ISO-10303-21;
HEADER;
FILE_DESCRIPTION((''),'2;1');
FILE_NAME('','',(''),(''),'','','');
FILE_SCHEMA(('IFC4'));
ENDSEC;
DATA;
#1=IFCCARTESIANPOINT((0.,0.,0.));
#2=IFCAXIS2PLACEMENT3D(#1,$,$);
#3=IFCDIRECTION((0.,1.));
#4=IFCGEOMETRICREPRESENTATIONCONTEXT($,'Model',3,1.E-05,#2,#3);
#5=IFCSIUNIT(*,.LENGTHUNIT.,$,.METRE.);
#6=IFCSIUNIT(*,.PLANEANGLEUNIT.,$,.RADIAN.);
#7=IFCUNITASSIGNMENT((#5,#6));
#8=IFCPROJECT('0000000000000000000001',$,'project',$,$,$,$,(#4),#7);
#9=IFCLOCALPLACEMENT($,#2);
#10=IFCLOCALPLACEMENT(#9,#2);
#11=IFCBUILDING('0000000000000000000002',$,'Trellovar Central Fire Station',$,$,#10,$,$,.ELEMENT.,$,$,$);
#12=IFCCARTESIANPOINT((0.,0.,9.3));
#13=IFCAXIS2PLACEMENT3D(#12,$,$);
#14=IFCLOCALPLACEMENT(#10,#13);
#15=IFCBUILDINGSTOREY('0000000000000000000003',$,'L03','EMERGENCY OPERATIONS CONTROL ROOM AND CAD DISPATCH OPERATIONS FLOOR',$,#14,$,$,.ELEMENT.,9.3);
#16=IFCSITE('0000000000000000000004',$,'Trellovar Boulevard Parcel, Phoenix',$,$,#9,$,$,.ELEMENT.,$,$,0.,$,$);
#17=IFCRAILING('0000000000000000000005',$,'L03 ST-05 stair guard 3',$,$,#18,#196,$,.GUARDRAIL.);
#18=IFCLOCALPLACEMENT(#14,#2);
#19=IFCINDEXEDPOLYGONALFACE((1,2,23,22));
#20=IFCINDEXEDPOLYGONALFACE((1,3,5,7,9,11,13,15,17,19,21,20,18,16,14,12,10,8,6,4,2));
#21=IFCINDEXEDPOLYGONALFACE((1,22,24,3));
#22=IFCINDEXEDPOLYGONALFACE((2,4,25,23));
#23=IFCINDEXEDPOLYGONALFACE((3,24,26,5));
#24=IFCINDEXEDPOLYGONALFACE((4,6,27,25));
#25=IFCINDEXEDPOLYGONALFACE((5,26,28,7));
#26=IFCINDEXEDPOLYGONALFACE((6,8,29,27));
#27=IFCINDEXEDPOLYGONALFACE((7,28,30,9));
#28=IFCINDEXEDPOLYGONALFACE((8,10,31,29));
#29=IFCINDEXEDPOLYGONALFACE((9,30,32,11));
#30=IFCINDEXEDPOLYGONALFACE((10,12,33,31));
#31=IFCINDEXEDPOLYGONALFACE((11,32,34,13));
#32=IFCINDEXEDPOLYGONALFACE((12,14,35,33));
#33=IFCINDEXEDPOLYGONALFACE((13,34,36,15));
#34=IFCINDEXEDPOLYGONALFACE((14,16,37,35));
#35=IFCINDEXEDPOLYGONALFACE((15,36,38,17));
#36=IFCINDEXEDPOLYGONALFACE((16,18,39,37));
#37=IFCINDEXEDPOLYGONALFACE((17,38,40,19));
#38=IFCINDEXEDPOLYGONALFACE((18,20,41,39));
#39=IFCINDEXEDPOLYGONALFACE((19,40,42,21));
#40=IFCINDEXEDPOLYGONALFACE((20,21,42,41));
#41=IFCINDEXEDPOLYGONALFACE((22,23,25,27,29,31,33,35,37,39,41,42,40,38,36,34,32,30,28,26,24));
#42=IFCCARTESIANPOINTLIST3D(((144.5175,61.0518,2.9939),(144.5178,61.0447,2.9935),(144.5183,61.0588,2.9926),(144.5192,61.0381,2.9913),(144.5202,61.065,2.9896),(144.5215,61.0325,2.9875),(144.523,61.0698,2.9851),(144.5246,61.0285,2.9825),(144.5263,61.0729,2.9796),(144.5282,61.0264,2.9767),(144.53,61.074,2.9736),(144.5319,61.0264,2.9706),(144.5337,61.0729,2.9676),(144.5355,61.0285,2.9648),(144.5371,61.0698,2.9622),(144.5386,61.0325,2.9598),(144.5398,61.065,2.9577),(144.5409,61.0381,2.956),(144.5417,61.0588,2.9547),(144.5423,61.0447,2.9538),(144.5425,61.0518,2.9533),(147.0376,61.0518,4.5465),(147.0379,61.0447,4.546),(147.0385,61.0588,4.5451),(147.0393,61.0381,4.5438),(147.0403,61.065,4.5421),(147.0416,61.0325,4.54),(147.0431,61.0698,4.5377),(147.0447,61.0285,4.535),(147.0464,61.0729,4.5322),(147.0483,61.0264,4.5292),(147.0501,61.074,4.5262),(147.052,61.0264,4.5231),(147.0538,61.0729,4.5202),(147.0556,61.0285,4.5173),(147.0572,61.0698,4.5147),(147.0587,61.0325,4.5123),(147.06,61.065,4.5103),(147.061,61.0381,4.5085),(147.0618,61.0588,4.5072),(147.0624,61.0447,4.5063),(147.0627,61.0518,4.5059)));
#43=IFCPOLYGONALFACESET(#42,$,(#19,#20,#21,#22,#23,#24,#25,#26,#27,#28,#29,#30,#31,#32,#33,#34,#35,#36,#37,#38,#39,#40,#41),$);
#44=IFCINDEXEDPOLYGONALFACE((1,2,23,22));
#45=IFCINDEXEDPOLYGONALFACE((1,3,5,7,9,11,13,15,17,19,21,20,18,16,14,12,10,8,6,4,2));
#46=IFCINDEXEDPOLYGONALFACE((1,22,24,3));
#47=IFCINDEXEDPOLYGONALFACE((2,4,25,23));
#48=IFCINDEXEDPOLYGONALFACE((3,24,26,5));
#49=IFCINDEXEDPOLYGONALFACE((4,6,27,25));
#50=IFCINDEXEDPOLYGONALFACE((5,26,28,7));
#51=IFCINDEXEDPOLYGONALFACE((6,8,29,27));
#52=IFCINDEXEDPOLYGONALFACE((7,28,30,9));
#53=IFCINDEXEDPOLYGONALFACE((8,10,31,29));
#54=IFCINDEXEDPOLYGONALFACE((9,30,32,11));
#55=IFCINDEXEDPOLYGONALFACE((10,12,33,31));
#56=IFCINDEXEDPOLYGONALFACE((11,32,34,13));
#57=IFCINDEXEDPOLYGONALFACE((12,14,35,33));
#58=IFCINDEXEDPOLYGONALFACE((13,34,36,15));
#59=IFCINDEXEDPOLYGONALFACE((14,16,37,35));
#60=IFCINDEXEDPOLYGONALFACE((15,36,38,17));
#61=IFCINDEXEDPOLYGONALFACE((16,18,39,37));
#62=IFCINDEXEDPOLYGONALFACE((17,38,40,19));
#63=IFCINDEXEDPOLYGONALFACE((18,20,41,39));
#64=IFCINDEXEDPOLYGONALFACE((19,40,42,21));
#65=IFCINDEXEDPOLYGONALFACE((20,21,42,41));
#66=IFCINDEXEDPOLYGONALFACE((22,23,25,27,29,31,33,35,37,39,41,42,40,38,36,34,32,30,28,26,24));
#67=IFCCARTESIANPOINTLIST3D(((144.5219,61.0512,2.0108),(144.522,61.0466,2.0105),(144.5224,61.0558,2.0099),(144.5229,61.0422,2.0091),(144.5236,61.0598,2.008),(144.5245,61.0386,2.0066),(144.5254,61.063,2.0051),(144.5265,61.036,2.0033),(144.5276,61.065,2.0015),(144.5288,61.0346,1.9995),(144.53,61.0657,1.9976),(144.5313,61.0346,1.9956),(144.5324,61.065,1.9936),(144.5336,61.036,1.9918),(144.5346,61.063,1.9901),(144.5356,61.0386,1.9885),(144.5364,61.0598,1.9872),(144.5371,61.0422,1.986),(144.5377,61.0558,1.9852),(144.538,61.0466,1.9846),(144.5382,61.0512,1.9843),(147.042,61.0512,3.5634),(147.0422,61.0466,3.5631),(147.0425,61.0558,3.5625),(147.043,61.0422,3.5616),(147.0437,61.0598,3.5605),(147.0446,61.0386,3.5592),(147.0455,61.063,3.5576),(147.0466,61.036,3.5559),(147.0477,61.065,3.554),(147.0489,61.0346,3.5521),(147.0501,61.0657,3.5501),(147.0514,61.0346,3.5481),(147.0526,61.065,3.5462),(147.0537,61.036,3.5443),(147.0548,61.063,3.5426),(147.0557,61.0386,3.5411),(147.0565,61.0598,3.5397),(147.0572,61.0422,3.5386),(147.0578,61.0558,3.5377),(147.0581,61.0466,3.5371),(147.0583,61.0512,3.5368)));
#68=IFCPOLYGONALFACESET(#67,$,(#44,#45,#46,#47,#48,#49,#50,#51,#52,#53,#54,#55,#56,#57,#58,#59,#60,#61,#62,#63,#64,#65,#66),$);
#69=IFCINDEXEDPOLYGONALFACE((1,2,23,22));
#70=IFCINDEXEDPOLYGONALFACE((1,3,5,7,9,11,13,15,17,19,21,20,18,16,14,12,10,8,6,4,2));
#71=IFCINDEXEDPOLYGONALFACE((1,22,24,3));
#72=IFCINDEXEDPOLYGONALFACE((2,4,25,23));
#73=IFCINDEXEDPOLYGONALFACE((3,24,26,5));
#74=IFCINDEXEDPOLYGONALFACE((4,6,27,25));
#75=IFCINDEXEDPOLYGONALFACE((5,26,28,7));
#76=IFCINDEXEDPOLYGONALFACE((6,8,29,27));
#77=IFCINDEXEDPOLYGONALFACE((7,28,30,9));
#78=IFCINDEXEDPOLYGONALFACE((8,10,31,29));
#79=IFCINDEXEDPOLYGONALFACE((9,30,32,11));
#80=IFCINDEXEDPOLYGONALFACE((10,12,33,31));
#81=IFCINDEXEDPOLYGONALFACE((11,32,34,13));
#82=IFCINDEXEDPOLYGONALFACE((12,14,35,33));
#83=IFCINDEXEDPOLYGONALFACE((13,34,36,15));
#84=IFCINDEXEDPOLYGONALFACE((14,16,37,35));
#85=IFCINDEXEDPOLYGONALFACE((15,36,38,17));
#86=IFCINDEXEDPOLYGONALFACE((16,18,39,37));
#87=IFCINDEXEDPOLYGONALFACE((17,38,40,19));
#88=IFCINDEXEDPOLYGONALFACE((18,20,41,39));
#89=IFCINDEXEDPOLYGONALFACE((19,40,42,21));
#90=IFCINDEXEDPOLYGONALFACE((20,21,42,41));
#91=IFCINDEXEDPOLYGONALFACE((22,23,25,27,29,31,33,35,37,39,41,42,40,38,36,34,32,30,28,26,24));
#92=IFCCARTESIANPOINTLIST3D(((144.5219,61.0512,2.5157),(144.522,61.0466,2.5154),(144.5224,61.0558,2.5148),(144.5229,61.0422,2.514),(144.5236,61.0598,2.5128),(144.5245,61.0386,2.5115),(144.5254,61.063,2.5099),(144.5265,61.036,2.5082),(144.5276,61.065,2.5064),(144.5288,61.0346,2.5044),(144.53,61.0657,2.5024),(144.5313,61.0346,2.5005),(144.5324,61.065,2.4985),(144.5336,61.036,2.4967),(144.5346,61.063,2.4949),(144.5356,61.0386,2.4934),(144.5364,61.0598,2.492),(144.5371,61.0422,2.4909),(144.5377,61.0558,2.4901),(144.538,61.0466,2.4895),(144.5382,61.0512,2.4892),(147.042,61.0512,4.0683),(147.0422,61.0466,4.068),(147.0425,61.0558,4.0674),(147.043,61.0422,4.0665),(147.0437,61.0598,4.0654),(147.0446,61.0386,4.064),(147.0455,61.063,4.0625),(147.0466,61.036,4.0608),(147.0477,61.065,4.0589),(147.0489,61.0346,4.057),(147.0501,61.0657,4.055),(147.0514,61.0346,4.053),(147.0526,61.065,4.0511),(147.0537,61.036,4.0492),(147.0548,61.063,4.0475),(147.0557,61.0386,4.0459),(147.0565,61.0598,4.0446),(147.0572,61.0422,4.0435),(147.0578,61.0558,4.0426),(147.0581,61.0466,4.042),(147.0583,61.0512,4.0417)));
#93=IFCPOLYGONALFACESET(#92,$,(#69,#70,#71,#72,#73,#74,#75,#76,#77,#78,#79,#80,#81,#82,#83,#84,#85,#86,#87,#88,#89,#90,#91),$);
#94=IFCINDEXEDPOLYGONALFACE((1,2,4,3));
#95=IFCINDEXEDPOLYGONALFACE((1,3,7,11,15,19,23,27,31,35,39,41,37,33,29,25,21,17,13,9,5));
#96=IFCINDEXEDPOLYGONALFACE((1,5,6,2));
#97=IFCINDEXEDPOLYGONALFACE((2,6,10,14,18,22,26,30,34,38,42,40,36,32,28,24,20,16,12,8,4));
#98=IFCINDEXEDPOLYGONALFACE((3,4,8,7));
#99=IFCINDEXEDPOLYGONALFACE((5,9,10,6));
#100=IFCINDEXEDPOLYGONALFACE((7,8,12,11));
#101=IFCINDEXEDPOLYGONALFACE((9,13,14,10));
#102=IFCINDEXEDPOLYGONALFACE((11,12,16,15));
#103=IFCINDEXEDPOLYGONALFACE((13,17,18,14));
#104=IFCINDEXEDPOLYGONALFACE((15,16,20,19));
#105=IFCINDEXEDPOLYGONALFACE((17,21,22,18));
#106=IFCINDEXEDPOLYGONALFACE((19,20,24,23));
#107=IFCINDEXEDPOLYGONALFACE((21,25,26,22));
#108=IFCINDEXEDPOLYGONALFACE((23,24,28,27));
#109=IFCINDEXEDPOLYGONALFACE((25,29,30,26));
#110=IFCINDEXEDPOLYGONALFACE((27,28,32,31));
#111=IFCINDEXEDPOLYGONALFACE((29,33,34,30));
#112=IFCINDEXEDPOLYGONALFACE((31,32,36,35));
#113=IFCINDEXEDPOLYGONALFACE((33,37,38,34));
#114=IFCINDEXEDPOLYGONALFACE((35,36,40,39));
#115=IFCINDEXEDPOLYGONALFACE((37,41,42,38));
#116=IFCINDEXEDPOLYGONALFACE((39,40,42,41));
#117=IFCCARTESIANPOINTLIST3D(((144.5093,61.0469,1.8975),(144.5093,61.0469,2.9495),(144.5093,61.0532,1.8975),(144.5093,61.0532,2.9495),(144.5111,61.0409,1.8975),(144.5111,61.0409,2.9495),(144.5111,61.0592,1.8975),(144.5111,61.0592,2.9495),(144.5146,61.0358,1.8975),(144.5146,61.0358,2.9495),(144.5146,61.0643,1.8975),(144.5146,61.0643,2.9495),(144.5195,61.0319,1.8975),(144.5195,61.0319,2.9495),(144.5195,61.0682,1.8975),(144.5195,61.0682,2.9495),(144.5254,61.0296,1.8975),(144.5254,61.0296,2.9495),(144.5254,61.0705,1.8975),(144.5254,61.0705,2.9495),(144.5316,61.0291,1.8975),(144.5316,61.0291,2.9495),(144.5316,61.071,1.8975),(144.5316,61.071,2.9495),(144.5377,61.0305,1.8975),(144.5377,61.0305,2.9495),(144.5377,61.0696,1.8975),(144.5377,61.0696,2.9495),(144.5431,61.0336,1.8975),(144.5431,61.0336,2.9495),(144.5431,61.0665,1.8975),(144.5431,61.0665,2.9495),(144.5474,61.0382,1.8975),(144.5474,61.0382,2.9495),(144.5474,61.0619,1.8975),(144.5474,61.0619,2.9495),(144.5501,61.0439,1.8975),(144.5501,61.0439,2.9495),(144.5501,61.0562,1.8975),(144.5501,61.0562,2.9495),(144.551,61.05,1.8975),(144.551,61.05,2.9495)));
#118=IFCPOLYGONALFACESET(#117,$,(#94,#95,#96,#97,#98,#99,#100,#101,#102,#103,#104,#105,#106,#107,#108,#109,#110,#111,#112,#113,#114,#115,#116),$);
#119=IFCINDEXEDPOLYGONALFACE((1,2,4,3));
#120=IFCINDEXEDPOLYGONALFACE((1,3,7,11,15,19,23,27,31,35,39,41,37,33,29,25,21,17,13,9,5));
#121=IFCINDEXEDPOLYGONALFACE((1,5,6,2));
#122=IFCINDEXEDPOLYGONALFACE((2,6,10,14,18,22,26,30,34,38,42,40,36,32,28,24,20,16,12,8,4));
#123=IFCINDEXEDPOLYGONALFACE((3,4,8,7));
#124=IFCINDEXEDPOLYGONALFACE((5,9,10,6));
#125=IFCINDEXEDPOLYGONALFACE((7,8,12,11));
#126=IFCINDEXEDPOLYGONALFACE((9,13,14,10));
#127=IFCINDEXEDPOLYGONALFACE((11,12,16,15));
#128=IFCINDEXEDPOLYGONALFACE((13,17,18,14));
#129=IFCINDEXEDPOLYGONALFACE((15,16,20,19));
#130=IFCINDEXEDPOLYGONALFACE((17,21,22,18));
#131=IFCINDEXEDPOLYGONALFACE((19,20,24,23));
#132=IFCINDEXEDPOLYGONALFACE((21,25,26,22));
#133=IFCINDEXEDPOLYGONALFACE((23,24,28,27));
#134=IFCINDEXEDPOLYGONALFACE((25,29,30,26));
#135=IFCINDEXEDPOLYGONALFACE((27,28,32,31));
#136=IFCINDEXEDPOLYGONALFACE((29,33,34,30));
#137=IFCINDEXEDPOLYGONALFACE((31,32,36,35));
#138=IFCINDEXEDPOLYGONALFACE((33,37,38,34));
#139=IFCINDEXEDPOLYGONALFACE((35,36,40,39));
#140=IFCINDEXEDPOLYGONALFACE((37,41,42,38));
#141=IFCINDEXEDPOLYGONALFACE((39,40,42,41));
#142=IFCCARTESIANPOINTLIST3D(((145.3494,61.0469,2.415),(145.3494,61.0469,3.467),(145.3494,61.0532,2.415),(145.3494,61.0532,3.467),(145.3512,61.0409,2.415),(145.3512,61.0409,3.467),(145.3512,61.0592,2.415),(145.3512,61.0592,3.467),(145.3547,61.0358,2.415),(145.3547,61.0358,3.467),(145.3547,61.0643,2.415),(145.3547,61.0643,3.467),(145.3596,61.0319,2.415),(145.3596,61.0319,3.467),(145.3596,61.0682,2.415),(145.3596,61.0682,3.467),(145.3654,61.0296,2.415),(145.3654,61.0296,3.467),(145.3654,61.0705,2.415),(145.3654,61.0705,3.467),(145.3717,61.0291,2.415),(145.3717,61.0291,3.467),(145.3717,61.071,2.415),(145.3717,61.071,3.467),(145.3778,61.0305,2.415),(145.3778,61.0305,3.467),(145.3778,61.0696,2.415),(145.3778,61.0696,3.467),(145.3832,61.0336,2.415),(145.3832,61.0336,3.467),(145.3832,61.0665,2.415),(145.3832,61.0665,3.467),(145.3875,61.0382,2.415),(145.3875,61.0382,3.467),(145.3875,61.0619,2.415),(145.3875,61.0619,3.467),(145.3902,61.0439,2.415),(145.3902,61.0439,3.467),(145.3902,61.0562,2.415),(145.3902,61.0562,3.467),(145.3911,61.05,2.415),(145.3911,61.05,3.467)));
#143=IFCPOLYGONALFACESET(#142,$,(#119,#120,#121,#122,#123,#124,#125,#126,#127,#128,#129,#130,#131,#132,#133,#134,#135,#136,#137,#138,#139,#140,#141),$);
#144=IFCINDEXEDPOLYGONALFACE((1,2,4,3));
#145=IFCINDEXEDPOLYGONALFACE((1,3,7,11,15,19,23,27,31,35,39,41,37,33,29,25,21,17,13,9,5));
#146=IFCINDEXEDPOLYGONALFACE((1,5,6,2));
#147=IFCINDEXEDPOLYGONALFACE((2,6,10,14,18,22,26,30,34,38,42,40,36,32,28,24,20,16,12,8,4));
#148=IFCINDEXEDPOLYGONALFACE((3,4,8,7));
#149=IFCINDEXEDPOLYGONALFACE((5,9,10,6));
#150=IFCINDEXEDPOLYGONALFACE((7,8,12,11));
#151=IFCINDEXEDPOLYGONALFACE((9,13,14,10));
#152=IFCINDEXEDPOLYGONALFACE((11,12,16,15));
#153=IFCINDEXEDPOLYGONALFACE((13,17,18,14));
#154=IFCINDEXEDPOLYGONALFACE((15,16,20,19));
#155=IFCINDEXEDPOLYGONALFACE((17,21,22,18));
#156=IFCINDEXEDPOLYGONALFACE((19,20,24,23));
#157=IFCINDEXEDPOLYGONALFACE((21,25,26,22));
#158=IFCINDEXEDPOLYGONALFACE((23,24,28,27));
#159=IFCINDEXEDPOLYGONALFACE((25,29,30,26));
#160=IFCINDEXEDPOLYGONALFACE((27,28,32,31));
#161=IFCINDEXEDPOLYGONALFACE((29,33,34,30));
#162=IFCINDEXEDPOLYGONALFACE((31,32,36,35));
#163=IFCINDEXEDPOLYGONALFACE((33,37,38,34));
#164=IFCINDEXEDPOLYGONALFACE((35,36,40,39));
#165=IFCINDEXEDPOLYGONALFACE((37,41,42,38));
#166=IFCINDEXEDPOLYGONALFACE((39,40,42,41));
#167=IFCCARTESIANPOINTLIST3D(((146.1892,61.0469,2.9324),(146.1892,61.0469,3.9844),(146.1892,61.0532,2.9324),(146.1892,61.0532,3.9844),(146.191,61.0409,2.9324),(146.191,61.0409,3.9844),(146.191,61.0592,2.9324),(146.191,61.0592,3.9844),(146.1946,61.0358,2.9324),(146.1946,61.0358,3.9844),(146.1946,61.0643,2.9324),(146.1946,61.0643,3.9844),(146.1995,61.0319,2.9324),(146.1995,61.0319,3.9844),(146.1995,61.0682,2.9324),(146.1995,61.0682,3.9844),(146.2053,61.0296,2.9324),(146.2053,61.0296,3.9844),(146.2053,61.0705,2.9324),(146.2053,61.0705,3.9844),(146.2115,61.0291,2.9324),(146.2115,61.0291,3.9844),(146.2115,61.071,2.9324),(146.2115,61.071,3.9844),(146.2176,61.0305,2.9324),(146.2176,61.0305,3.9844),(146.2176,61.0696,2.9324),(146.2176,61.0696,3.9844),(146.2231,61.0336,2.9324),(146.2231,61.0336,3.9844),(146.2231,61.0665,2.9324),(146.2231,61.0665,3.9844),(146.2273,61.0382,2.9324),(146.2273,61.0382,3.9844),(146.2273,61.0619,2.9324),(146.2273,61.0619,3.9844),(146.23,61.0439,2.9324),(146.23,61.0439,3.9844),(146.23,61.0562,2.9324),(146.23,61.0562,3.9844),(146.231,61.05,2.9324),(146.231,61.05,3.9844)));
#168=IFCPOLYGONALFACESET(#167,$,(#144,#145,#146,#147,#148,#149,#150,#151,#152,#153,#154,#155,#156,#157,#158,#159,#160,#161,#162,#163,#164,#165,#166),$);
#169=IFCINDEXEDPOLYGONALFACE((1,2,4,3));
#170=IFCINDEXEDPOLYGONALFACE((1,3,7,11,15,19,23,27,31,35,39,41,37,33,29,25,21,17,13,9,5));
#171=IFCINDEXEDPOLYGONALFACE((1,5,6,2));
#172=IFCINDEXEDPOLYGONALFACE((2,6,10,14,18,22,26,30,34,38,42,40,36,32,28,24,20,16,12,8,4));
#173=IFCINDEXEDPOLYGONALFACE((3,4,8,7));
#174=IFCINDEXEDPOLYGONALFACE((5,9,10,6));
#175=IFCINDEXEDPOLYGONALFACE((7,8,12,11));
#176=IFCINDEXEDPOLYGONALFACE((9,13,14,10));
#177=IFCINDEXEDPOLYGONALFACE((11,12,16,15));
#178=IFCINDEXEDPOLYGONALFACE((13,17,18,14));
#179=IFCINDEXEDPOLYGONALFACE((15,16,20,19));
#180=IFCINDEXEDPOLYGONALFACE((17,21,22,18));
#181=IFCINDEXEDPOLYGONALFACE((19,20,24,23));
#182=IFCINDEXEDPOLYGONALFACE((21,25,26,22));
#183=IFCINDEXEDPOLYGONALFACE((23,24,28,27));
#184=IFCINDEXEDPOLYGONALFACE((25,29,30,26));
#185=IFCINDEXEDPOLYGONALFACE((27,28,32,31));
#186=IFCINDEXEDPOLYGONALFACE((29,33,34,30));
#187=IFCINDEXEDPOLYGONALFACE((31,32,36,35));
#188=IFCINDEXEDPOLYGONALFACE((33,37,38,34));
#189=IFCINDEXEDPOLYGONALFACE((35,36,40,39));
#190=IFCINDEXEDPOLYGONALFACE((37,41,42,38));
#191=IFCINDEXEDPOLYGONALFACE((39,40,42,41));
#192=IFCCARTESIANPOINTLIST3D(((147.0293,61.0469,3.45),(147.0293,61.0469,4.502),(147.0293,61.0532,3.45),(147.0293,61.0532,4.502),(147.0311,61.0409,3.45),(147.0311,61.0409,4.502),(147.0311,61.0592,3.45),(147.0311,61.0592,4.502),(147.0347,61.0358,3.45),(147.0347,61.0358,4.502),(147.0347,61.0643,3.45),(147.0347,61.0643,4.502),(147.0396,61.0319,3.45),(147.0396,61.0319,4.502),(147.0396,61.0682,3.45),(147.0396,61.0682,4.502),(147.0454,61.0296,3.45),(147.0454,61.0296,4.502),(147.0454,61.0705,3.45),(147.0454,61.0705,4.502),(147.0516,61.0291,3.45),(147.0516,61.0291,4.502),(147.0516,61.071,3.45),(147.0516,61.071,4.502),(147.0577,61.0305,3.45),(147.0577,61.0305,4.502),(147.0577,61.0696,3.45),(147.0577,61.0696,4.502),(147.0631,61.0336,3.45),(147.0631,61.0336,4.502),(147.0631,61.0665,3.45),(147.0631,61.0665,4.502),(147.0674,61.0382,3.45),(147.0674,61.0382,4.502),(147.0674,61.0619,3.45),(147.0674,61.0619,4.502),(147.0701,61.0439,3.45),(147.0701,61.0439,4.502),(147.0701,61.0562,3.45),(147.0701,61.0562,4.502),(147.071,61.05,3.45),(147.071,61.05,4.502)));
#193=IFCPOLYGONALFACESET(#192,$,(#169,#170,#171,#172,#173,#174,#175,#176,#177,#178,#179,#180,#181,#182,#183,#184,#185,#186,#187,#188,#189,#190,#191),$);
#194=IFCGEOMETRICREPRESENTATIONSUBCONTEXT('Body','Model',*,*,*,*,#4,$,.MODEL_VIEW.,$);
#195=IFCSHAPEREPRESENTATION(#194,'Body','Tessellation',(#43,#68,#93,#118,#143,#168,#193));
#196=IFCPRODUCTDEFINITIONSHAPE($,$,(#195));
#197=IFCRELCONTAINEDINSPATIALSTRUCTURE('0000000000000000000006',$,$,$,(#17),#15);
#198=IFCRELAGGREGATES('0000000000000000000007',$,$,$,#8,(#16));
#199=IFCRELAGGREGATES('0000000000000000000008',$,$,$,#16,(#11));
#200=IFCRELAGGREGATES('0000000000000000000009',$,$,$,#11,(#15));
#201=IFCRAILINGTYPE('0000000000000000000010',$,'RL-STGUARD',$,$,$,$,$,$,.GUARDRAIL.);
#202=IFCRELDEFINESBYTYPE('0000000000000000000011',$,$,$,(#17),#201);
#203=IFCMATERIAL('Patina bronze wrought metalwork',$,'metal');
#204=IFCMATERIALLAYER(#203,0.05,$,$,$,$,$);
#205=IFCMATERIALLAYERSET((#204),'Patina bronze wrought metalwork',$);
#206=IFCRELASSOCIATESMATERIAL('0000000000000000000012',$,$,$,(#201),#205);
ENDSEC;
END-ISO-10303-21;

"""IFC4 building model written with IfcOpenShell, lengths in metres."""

from ifc_helpers import new_model, si_unit, direction, frame, origin, origin_2d, place, context, subcontext, project, spatial, circle, extrude, material, layer, layer_set, type_object, element, save


model = new_model("IFC4")

# Units and contexts
model_context = context("Model", 3, precision=1e-05, world=origin(), true_north=direction((0.0, 1.0)))
body_context = subcontext(model_context, "Body", "Model", "MODEL_VIEW")
ifc_project = project(units=[si_unit("LENGTHUNIT", "METRE"), si_unit("PLANEANGLEUNIT", "RADIAN")], contexts=[model_context])

# Site, building, storey
site_placement = place(None, origin())
site = spatial("IfcSite", under=ifc_project, at=site_placement, Name="Trellovar Boulevard Parcel, Phoenix", CompositionType="ELEMENT", RefElevation=0.0)
building_placement = place(site_placement, origin())
building = spatial("IfcBuilding", under=site, at=building_placement, Name="Trellovar Central Fire Station", CompositionType="ELEMENT")
storey_placement = place(building_placement, frame((0.0, 0.0, 9.3)))
storey = spatial("IfcBuildingStorey", under=building, at=storey_placement, Name="L03", Description="EMERGENCY OPERATIONS CONTROL ROOM AND CAD DISPATCH OPERATIONS FLOOR", CompositionType="ELEMENT", Elevation=9.3)

# Railing
ifc_material_1 = material(Name="Patina bronze wrought metalwork", Category="metal")
ifc_layer_1 = layer(ifc_material_1, 0.05)
ifc_layer_set_1 = layer_set([ifc_layer_1], Name="Patina bronze wrought metalwork")
railing_type_1 = type_object("IfcRailingType", Name="RL-STGUARD", PredefinedType="GUARDRAIL", material=ifc_layer_set_1)
railing_1_placement = place(storey_placement, frame((144.53, 61.05, 1.8975)))
element("IfcRailing", 1, at=railing_1_placement, inside=storey, type_object=railing_type_1, Name="L03 ST-05 stair guard 3", PredefinedType="GUARDRAIL", context=body_context, shape_type="SweptSolid", body=[
    extrude(circle(Radius=0.0239, at=origin_2d()), frame((0.0, 0.0, 1.0762), z_axis=(0.8514, 0.0, 0.524516), x_axis=(0.0, 1.0, 0.0)), (0.0, 0.0, 1.0), 2.96),
    extrude(circle(Radius=0.0156, at=origin_2d()), frame((0.0, 0.0, 0.1001), z_axis=(0.8514, 0.0, 0.524516), x_axis=(0.0, 1.0, 0.0)), (0.0, 0.0, 1.0), 2.96),
    extrude(circle(Radius=0.0156, at=origin_2d()), frame((0.0, 0.0, 0.605), z_axis=(0.8514, 0.0, 0.524516), x_axis=(0.0, 1.0, 0.0)), (0.0, 0.0, 1.0), 2.96),
    extrude(circle(Radius=0.021, at=origin_2d()), origin(), (0.0, 0.0, 1.0), 1.052),
    extrude(circle(Radius=0.021, at=origin_2d()), frame((0.8401, 0.0, 0.5176)), (0.0, 0.0, 1.0), 1.052),
    extrude(circle(Radius=0.021, at=origin_2d()), frame((1.6799, 0.0, 1.0349)), (0.0, 0.0, 1.0), 1.052),
    extrude(circle(Radius=0.021, at=origin_2d()), frame((2.52, 0.0, 1.5525)), (0.0, 0.0, 1.0), 1.052),
])

save(model, "model.ifc")
